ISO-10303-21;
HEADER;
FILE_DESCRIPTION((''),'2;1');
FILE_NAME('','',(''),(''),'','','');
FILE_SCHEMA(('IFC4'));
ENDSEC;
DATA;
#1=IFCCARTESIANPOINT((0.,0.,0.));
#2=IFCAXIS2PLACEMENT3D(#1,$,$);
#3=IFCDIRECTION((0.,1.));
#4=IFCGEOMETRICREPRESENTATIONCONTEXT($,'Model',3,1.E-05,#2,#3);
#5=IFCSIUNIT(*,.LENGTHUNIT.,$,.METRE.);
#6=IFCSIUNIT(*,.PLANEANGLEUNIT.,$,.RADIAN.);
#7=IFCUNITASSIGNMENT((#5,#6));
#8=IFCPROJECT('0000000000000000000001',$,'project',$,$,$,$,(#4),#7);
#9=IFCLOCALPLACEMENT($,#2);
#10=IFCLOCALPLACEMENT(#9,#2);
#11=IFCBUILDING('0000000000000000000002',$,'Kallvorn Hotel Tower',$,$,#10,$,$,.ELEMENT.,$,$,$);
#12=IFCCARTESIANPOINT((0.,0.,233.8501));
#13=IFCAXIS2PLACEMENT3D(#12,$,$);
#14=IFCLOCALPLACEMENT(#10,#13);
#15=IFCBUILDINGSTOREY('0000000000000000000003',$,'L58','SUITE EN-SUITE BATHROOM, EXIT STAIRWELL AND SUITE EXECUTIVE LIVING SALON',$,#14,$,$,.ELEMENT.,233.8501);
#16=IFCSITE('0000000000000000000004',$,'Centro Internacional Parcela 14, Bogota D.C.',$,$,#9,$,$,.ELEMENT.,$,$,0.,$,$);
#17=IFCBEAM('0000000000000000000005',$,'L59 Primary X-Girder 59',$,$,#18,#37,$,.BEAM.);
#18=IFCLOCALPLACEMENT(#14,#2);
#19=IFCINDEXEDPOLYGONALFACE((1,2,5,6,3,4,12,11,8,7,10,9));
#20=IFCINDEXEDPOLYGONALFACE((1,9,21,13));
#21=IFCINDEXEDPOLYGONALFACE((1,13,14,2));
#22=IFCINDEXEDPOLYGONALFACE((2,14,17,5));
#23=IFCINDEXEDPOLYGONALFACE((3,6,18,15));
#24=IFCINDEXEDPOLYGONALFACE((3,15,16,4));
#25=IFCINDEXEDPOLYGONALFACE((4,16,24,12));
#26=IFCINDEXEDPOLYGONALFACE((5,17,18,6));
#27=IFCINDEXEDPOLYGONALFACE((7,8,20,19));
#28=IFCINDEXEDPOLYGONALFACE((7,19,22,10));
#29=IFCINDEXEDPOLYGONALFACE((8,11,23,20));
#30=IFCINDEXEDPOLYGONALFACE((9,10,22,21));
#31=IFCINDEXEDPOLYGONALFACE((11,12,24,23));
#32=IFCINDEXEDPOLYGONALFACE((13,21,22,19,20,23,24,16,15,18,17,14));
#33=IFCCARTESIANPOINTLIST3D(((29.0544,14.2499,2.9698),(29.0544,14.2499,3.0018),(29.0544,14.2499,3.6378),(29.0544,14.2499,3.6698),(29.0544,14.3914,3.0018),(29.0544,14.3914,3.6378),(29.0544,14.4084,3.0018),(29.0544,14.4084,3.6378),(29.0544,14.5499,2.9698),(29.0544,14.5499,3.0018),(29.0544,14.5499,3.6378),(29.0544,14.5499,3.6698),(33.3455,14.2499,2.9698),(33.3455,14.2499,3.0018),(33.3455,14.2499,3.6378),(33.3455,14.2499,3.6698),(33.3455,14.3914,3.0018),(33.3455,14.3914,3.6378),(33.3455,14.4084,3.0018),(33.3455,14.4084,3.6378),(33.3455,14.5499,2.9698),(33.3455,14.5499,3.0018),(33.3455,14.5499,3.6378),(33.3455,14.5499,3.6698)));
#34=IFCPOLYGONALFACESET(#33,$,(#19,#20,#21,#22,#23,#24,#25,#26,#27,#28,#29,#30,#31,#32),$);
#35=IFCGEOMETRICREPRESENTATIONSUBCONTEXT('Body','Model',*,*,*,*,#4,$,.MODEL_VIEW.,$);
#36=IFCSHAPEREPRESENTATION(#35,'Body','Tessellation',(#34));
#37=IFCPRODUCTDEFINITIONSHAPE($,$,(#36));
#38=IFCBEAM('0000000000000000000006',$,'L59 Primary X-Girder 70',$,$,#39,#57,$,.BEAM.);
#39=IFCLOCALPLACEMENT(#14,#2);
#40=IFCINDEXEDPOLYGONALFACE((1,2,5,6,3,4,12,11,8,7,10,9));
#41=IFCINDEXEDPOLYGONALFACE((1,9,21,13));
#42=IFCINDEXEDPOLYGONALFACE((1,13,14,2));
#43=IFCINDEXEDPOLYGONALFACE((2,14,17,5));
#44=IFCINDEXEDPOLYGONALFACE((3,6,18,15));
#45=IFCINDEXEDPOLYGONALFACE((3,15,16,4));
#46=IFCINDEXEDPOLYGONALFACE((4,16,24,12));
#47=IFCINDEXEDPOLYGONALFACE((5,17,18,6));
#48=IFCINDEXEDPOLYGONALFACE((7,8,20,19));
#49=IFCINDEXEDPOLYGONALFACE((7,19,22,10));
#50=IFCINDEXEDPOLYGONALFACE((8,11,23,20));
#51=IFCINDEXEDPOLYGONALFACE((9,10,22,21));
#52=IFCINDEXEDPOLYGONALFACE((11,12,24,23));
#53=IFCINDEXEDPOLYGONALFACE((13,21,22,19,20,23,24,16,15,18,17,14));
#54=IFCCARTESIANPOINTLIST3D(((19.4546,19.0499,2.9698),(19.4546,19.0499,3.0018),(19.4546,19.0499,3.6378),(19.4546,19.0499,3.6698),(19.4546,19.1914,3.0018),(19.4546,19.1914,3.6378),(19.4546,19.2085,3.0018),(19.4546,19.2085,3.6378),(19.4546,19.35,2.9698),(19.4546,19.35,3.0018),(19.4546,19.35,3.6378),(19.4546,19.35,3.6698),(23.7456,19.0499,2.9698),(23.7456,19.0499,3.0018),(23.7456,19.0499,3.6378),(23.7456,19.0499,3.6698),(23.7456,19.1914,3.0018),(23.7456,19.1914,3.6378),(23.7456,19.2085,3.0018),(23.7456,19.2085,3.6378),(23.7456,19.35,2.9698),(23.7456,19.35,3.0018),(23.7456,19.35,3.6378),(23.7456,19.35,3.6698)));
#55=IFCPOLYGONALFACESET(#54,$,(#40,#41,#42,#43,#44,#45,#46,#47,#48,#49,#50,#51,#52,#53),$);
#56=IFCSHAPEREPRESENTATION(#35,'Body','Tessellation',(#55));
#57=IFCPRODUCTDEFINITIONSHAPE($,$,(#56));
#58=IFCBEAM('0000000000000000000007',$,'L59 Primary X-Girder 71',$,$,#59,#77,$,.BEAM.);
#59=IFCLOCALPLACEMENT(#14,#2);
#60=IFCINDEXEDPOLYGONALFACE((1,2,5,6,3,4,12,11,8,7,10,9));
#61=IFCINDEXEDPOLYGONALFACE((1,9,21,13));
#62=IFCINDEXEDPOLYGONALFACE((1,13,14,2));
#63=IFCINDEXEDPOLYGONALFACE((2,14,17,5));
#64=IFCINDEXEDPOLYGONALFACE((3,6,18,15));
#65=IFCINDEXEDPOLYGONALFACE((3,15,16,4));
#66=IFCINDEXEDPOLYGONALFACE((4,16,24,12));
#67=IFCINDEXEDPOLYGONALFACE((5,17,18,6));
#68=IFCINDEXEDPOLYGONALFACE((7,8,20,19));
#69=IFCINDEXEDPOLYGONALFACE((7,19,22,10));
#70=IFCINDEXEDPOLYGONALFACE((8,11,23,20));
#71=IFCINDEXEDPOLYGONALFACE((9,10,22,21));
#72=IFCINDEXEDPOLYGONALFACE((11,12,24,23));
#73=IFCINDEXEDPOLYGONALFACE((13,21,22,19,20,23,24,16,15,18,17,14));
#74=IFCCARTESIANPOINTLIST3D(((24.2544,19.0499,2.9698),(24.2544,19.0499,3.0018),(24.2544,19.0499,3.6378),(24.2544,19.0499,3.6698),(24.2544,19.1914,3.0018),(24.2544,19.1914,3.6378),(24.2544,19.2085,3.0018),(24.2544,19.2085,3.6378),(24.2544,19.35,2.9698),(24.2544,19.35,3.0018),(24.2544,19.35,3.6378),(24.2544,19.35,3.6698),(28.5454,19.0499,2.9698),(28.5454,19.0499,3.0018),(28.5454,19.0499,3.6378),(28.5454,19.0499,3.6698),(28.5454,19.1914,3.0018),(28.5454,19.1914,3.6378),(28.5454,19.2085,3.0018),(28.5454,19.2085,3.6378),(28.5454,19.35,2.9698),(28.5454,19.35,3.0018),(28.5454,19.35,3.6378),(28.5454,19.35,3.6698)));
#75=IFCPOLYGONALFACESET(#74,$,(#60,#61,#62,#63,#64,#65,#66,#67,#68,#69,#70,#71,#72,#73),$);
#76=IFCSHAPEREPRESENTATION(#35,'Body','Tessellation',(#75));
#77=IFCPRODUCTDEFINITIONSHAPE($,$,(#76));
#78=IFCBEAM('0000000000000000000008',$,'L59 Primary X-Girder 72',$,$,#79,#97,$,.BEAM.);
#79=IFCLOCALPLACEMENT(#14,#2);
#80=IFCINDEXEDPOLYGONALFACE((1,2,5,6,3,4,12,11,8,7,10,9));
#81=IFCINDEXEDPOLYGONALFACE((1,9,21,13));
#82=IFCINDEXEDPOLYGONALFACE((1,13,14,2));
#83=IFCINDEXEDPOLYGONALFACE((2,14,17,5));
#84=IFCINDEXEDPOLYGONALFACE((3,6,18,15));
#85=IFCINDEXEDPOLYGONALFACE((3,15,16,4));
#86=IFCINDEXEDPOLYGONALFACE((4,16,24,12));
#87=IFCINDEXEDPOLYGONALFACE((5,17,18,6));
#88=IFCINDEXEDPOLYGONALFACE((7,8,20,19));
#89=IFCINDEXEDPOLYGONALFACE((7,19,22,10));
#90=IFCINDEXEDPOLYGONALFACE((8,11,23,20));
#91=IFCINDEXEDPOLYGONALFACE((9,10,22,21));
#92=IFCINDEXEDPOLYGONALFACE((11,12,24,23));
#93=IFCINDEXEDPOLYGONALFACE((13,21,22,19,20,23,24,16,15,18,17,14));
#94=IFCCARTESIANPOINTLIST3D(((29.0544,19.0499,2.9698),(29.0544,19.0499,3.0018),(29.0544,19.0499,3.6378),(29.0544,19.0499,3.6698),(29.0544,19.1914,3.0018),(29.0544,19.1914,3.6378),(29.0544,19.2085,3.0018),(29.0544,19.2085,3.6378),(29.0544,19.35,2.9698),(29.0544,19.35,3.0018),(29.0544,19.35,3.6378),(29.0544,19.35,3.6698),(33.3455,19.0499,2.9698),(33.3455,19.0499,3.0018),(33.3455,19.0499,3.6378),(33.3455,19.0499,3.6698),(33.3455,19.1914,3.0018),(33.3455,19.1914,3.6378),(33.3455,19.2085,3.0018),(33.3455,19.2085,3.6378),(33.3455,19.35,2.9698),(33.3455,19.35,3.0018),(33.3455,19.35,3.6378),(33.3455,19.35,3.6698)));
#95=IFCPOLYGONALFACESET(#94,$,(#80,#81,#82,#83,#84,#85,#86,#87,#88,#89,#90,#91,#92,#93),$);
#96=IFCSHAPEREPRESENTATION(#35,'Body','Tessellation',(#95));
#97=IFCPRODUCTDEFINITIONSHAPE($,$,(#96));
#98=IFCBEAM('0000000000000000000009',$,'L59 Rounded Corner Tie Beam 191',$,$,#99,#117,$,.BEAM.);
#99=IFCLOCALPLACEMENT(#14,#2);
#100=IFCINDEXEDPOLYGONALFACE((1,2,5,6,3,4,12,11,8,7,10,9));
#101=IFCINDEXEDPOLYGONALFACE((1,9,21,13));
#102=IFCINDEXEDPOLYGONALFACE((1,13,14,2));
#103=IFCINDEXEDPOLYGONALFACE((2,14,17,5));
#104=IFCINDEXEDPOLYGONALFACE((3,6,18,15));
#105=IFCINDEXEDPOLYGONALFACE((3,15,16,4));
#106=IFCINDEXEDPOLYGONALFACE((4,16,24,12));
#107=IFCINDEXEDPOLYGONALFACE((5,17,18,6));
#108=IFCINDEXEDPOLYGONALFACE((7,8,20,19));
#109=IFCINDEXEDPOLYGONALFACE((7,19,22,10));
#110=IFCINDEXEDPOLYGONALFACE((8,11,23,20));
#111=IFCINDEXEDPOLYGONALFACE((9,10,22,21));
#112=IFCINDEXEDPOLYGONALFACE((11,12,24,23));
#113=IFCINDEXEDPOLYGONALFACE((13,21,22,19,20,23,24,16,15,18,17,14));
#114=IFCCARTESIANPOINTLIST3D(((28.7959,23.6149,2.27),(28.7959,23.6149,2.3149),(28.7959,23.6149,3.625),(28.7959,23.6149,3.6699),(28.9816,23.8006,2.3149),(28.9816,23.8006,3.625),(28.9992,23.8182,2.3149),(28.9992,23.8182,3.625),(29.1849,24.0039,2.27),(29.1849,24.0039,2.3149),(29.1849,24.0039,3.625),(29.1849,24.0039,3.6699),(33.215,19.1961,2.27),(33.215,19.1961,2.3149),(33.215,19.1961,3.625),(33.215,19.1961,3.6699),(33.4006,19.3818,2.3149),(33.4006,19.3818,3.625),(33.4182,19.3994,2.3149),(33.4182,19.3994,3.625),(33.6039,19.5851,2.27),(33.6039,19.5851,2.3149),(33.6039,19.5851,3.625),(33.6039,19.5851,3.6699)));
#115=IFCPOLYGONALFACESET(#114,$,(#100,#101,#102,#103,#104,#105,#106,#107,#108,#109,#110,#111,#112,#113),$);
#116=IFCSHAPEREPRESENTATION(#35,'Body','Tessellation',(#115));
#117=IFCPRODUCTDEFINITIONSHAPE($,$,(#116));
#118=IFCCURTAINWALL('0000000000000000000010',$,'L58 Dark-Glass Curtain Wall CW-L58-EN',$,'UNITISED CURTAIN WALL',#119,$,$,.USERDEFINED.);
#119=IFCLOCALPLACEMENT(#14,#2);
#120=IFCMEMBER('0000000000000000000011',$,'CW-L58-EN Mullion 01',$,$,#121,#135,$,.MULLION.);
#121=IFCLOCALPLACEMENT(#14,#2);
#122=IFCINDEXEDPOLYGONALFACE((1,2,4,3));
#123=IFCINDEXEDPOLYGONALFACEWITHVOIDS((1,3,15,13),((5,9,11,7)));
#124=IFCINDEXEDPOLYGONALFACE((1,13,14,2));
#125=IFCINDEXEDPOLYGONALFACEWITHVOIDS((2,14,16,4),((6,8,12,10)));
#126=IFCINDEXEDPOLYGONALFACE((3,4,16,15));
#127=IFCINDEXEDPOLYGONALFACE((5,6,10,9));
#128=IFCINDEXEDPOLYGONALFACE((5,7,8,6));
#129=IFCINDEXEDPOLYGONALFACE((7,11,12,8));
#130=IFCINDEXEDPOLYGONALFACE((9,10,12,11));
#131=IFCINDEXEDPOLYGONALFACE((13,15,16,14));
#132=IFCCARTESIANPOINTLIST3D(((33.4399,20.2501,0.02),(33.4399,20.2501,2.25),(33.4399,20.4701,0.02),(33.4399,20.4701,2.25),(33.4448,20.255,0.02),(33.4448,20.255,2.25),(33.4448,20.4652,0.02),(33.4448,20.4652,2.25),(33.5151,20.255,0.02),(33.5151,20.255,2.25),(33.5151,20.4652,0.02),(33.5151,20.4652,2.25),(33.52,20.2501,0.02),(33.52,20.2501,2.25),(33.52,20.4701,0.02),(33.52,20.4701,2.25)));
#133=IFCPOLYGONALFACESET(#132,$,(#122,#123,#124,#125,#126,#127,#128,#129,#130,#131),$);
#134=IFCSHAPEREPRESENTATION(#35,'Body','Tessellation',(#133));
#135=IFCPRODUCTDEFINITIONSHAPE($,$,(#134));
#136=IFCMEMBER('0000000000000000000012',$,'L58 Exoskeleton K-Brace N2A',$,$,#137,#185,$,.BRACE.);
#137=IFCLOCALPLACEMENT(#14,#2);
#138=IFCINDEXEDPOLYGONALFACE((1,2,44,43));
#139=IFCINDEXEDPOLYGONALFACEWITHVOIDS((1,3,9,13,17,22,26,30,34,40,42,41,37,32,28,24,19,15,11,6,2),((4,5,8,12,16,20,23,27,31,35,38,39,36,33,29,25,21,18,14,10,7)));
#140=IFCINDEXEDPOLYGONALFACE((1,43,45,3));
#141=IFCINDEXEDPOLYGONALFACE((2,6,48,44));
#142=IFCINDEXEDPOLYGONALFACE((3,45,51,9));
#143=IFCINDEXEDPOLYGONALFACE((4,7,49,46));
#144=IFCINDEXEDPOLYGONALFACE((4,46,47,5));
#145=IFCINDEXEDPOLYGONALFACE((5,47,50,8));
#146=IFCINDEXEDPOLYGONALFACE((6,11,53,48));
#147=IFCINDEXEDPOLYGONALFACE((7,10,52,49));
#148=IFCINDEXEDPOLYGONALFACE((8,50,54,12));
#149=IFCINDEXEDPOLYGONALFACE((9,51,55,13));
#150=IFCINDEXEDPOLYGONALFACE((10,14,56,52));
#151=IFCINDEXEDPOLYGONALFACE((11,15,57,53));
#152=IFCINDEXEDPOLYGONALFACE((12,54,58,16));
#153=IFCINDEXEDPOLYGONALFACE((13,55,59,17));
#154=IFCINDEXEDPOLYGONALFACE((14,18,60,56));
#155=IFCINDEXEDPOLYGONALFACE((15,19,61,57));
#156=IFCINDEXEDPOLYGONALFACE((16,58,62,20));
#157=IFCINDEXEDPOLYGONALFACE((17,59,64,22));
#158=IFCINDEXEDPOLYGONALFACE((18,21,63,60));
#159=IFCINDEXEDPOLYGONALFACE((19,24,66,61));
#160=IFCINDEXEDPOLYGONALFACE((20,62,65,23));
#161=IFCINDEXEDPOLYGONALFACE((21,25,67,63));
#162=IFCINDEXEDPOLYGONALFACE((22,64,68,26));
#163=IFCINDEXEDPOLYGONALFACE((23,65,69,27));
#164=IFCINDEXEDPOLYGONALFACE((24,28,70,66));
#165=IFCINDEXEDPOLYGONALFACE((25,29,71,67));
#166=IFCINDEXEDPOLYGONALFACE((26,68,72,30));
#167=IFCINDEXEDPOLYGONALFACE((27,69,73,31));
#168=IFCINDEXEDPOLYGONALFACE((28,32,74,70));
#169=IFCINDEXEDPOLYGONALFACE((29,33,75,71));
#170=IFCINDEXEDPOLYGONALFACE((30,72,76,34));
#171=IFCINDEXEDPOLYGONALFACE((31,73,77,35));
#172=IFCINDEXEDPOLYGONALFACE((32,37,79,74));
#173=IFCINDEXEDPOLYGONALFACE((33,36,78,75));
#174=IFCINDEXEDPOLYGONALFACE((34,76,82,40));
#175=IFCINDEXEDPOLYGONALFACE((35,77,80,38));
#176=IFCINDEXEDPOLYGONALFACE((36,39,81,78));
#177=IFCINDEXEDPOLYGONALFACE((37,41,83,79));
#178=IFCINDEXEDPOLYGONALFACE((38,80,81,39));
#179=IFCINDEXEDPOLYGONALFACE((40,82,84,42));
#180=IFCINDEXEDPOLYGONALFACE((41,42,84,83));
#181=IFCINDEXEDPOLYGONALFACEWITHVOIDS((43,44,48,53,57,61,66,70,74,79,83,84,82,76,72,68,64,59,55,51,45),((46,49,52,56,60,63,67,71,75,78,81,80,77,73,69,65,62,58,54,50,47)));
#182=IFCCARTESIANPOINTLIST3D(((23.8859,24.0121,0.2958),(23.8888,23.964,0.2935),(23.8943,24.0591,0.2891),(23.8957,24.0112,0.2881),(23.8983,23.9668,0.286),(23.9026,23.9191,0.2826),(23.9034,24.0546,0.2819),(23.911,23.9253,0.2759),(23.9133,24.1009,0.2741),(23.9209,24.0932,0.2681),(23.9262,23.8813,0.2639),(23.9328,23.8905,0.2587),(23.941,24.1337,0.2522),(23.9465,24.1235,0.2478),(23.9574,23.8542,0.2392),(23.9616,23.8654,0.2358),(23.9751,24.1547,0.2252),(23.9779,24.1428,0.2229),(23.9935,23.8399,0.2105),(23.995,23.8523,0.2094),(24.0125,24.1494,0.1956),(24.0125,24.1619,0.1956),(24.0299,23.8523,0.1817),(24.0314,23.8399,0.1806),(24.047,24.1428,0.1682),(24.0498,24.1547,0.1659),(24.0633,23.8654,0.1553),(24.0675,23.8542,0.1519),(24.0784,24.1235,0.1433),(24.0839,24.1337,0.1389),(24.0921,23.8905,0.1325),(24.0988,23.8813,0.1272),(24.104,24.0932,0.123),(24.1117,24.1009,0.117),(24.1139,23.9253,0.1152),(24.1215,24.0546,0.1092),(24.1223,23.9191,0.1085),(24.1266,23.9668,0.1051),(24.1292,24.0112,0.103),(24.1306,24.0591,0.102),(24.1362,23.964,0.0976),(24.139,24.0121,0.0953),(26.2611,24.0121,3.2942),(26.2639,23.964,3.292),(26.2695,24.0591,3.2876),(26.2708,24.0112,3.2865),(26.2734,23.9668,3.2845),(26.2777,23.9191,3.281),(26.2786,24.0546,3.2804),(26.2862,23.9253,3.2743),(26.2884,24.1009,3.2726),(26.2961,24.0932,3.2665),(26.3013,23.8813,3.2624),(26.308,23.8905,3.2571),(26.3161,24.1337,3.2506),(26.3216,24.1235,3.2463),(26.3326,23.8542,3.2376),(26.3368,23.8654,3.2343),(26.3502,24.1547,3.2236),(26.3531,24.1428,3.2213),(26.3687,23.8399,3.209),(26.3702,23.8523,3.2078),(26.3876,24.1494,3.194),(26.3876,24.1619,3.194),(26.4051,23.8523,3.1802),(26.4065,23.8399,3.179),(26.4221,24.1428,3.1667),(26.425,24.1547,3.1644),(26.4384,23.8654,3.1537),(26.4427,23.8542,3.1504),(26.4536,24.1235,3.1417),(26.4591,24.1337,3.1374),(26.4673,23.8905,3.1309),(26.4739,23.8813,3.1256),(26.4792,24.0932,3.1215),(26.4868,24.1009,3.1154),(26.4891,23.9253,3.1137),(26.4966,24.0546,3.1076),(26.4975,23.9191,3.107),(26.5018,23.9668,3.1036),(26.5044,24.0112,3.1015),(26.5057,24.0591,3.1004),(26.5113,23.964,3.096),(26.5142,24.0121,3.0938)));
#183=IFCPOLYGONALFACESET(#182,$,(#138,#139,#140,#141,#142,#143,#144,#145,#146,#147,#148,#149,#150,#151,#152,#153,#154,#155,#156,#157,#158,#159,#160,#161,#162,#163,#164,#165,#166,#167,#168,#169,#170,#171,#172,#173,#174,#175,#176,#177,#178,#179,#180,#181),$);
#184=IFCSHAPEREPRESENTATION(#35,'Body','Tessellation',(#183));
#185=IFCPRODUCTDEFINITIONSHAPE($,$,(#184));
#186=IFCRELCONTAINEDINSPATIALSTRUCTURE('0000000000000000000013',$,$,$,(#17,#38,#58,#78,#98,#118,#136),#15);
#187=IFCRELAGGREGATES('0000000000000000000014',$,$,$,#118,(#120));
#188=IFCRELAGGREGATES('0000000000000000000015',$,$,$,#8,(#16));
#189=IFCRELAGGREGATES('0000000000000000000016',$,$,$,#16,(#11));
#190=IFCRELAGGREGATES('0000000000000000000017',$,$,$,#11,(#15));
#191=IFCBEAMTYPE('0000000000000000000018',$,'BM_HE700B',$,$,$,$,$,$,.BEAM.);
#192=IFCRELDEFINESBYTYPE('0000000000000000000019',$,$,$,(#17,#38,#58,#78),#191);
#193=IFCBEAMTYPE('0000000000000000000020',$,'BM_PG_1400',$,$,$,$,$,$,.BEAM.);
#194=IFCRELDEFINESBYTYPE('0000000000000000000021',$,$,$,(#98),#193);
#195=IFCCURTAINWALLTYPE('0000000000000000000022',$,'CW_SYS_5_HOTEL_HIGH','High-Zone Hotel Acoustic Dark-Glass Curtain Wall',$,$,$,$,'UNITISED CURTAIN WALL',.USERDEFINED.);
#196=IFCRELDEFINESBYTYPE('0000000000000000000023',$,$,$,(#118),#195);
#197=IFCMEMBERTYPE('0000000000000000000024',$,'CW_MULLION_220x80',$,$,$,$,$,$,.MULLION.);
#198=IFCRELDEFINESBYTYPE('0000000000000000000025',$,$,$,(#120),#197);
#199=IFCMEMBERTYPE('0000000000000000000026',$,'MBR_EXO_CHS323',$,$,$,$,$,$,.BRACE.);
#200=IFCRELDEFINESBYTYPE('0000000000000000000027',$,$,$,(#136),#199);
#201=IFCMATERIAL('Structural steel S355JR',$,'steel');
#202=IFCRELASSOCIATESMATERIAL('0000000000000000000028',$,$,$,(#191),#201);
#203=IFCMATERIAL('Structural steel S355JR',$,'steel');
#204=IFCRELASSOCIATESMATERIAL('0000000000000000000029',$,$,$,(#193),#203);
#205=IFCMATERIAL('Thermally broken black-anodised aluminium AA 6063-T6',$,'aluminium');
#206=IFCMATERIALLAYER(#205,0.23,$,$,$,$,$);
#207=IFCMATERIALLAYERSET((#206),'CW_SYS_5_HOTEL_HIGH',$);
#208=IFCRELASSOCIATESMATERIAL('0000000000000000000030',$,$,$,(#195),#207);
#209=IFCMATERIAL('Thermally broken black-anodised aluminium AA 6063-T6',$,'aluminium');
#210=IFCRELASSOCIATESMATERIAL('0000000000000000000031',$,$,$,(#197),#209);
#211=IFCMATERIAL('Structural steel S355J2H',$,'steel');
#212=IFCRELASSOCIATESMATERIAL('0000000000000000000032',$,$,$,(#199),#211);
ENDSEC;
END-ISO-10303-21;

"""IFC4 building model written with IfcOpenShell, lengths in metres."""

from ifc_helpers import new_model, si_unit, direction, frame, origin, origin_2d, place, context, subcontext, project, spatial, hollow_rectangle, hollow_circle, i_section, extrude, material, layer, layer_set, material_profile, profile_set, type_object, element, aggregate, save


model = new_model("IFC4")

# Units and contexts
model_context = context("Model", 3, precision=1e-05, world=origin(), true_north=direction((0.0, 1.0)))
body_context = subcontext(model_context, "Body", "Model", "MODEL_VIEW")
ifc_project = project(units=[si_unit("LENGTHUNIT", "METRE"), si_unit("PLANEANGLEUNIT", "RADIAN")], contexts=[model_context])

# Site, building, storey
site_placement = place(None, origin())
site = spatial("IfcSite", under=ifc_project, at=site_placement, Name="Centro Internacional Parcela 14, Bogota D.C.", CompositionType="ELEMENT", RefElevation=0.0)
building_placement = place(site_placement, origin())
building = spatial("IfcBuilding", under=site, at=building_placement, Name="Kallvorn Hotel Tower", CompositionType="ELEMENT")
storey_placement = place(building_placement, frame((0.0, 0.0, 233.8501)))
storey = spatial("IfcBuildingStorey", under=building, at=storey_placement, Name="L58", Description="SUITE EN-SUITE BATHROOM, EXIT STAIRWELL AND SUITE EXECUTIVE LIVING SALON", CompositionType="ELEMENT", Elevation=233.8501)

# Beams
ifc_material_1 = material(Name="Structural steel S355JR", Category="steel")
ifc_material_profile_1 = material_profile(ifc_material_1, i_section(OverallWidth=0.3, OverallDepth=0.7, WebThickness=0.0171, FlangeThickness=0.032, at=origin_2d()), Name="HE 700 B")
ifc_profile_set_1 = profile_set([ifc_material_profile_1], Name="Structural steel S355JR")
beam_type_1 = type_object("IfcBeamType", Name="BM_HE700B", PredefinedType="BEAM", material=ifc_profile_set_1)
for number, where, z_axis, x_axis, name in (
    (1, (29.0544, 14.3999, 3.3198), (1.0, 0.0, 0.0), (0.0, 1.0, 0.0), "L59 Primary X-Girder 59"),
    (2, (19.4546, 19.2, 3.3198), (1.0, 0.0, 0.0), (0.0, 1.0, 0.0), "L59 Primary X-Girder 70"),
    (3, (24.2544, 19.2, 3.3198), (1.0, 0.0, 0.0), (0.0, 1.0, 0.0), "L59 Primary X-Girder 71"),
    (4, (29.0544, 19.2, 3.3198), (1.0, 0.0, 0.0), (0.0, 1.0, 0.0), "L59 Primary X-Girder 72"),
):
    element("IfcBeam", number, at=place(storey_placement, frame(where, z_axis=z_axis, x_axis=x_axis)), inside=storey, type_object=beam_type_1, Name=name, PredefinedType="BEAM", context=body_context, shape_type="SweptSolid", body=[
        extrude(i_section(OverallWidth=0.3, OverallDepth=0.7, WebThickness=0.0171, FlangeThickness=0.032, at=origin_2d()), origin(), (0.0, 0.0, 1.0), 4.291),
    ])
ifc_material_2 = material(Name="Structural steel S355JR", Category="steel")
ifc_material_profile_2 = material_profile(ifc_material_2, i_section(OverallWidth=0.55, OverallDepth=1.3999, WebThickness=0.0249, FlangeThickness=0.0449, at=origin_2d()), Name="PG 1400x550x25x45")
ifc_profile_set_2 = profile_set([ifc_material_profile_2], Name="Structural steel S355JR")
beam_type_2 = type_object("IfcBeamType", Name="BM_PG_1400", PredefinedType="BEAM", material=ifc_profile_set_2)
beam_1_placement = place(storey_placement, frame((33.4094, 19.3906, 2.97), z_axis=(-0.707126, 0.707087, 0.0), x_axis=(-0.707087, -0.707126, 0.0)))
element("IfcBeam", 5, at=beam_1_placement, inside=storey, type_object=beam_type_2, Name="L59 Rounded Corner Tie Beam 191", PredefinedType="BEAM", context=body_context, shape_type="SweptSolid", body=[
    extrude(i_section(OverallWidth=0.55, OverallDepth=1.3999, WebThickness=0.0249, FlangeThickness=0.0449, at=origin_2d()), origin(), (0.0, 0.0, 1.0), 6.2493),
])

# Curtain wall, member
ifc_material_3 = material(Name="Thermally broken black-anodised aluminium AA 6063-T6", Category="aluminium")
ifc_layer_1 = layer(ifc_material_3, 0.23)
ifc_layer_set_1 = layer_set([ifc_layer_1], Name="CW_SYS_5_HOTEL_HIGH")
curtain_wall_type = type_object("IfcCurtainWallType", Name="CW_SYS_5_HOTEL_HIGH", Description="High-Zone Hotel Acoustic Dark-Glass Curtain Wall", ElementType="UNITISED CURTAIN WALL", PredefinedType="USERDEFINED", material=ifc_layer_set_1)
curtain_wall_placement = place(storey_placement, origin())
curtain_wall = element("IfcCurtainWall", 6, at=curtain_wall_placement, inside=storey, type_object=curtain_wall_type, Name="L58 Dark-Glass Curtain Wall CW-L58-EN", ObjectType="UNITISED CURTAIN WALL", PredefinedType="USERDEFINED")
ifc_material_4 = material(Name="Thermally broken black-anodised aluminium AA 6063-T6", Category="aluminium")
ifc_material_profile_3 = material_profile(ifc_material_4, hollow_rectangle(XDim=0.0801, YDim=0.22, WallThickness=0.0049, at=origin_2d()), Name="MUL 220x80")
ifc_profile_set_3 = profile_set([ifc_material_profile_3], Name="Thermally broken black-anodised aluminium AA 6063-T6")
member_type_1 = type_object("IfcMemberType", Name="CW_MULLION_220x80", PredefinedType="MULLION", material=ifc_profile_set_3)
member_placement = place(storey_placement, frame((33.48, 20.3601, 0.02), z_axis=(0.0, 0.0, 1.0), x_axis=(1.0, 0.0, 0.0)))
member = element("IfcMember", 7, at=member_placement, type_object=member_type_1, Name="CW-L58-EN Mullion 01", PredefinedType="MULLION", context=body_context, shape_type="SweptSolid", body=[
    extrude(hollow_rectangle(XDim=0.0801, YDim=0.22, WallThickness=0.0049, at=origin_2d()), origin(), (0.0, 0.0, 1.0), 2.23),
])
aggregate(curtain_wall, [member])

# Member
ifc_material_5 = material(Name="Structural steel S355J2H", Category="steel")
ifc_material_profile_4 = material_profile(ifc_material_5, hollow_circle(Radius=0.1619, WallThickness=0.0125, at=origin_2d()), Name="CHS 323.9x12.5")
ifc_profile_set_4 = profile_set([ifc_material_profile_4], Name="Structural steel S355J2H")
member_type_2 = type_object("IfcMemberType", Name="MBR_EXO_CHS323", PredefinedType="BRACE", material=ifc_profile_set_4)
for number, where, z_axis, x_axis, name in (
    (8, (24.0125, 24.0, 0.1956), (0.620929, 0.0, 0.783867), (0.0, 1.0, 0.0), "L58 Exoskeleton K-Brace N2A"),
):
    element("IfcMember", number, at=place(storey_placement, frame(where, z_axis=z_axis, x_axis=x_axis)), inside=storey, type_object=member_type_2, Name=name, PredefinedType="BRACE", context=body_context, shape_type="SweptSolid", body=[
        extrude(hollow_circle(Radius=0.1619, WallThickness=0.0125, at=origin_2d()), origin(), (0.0, 0.0, 1.0), 3.8252),
    ])

save(model, "model.ifc")
